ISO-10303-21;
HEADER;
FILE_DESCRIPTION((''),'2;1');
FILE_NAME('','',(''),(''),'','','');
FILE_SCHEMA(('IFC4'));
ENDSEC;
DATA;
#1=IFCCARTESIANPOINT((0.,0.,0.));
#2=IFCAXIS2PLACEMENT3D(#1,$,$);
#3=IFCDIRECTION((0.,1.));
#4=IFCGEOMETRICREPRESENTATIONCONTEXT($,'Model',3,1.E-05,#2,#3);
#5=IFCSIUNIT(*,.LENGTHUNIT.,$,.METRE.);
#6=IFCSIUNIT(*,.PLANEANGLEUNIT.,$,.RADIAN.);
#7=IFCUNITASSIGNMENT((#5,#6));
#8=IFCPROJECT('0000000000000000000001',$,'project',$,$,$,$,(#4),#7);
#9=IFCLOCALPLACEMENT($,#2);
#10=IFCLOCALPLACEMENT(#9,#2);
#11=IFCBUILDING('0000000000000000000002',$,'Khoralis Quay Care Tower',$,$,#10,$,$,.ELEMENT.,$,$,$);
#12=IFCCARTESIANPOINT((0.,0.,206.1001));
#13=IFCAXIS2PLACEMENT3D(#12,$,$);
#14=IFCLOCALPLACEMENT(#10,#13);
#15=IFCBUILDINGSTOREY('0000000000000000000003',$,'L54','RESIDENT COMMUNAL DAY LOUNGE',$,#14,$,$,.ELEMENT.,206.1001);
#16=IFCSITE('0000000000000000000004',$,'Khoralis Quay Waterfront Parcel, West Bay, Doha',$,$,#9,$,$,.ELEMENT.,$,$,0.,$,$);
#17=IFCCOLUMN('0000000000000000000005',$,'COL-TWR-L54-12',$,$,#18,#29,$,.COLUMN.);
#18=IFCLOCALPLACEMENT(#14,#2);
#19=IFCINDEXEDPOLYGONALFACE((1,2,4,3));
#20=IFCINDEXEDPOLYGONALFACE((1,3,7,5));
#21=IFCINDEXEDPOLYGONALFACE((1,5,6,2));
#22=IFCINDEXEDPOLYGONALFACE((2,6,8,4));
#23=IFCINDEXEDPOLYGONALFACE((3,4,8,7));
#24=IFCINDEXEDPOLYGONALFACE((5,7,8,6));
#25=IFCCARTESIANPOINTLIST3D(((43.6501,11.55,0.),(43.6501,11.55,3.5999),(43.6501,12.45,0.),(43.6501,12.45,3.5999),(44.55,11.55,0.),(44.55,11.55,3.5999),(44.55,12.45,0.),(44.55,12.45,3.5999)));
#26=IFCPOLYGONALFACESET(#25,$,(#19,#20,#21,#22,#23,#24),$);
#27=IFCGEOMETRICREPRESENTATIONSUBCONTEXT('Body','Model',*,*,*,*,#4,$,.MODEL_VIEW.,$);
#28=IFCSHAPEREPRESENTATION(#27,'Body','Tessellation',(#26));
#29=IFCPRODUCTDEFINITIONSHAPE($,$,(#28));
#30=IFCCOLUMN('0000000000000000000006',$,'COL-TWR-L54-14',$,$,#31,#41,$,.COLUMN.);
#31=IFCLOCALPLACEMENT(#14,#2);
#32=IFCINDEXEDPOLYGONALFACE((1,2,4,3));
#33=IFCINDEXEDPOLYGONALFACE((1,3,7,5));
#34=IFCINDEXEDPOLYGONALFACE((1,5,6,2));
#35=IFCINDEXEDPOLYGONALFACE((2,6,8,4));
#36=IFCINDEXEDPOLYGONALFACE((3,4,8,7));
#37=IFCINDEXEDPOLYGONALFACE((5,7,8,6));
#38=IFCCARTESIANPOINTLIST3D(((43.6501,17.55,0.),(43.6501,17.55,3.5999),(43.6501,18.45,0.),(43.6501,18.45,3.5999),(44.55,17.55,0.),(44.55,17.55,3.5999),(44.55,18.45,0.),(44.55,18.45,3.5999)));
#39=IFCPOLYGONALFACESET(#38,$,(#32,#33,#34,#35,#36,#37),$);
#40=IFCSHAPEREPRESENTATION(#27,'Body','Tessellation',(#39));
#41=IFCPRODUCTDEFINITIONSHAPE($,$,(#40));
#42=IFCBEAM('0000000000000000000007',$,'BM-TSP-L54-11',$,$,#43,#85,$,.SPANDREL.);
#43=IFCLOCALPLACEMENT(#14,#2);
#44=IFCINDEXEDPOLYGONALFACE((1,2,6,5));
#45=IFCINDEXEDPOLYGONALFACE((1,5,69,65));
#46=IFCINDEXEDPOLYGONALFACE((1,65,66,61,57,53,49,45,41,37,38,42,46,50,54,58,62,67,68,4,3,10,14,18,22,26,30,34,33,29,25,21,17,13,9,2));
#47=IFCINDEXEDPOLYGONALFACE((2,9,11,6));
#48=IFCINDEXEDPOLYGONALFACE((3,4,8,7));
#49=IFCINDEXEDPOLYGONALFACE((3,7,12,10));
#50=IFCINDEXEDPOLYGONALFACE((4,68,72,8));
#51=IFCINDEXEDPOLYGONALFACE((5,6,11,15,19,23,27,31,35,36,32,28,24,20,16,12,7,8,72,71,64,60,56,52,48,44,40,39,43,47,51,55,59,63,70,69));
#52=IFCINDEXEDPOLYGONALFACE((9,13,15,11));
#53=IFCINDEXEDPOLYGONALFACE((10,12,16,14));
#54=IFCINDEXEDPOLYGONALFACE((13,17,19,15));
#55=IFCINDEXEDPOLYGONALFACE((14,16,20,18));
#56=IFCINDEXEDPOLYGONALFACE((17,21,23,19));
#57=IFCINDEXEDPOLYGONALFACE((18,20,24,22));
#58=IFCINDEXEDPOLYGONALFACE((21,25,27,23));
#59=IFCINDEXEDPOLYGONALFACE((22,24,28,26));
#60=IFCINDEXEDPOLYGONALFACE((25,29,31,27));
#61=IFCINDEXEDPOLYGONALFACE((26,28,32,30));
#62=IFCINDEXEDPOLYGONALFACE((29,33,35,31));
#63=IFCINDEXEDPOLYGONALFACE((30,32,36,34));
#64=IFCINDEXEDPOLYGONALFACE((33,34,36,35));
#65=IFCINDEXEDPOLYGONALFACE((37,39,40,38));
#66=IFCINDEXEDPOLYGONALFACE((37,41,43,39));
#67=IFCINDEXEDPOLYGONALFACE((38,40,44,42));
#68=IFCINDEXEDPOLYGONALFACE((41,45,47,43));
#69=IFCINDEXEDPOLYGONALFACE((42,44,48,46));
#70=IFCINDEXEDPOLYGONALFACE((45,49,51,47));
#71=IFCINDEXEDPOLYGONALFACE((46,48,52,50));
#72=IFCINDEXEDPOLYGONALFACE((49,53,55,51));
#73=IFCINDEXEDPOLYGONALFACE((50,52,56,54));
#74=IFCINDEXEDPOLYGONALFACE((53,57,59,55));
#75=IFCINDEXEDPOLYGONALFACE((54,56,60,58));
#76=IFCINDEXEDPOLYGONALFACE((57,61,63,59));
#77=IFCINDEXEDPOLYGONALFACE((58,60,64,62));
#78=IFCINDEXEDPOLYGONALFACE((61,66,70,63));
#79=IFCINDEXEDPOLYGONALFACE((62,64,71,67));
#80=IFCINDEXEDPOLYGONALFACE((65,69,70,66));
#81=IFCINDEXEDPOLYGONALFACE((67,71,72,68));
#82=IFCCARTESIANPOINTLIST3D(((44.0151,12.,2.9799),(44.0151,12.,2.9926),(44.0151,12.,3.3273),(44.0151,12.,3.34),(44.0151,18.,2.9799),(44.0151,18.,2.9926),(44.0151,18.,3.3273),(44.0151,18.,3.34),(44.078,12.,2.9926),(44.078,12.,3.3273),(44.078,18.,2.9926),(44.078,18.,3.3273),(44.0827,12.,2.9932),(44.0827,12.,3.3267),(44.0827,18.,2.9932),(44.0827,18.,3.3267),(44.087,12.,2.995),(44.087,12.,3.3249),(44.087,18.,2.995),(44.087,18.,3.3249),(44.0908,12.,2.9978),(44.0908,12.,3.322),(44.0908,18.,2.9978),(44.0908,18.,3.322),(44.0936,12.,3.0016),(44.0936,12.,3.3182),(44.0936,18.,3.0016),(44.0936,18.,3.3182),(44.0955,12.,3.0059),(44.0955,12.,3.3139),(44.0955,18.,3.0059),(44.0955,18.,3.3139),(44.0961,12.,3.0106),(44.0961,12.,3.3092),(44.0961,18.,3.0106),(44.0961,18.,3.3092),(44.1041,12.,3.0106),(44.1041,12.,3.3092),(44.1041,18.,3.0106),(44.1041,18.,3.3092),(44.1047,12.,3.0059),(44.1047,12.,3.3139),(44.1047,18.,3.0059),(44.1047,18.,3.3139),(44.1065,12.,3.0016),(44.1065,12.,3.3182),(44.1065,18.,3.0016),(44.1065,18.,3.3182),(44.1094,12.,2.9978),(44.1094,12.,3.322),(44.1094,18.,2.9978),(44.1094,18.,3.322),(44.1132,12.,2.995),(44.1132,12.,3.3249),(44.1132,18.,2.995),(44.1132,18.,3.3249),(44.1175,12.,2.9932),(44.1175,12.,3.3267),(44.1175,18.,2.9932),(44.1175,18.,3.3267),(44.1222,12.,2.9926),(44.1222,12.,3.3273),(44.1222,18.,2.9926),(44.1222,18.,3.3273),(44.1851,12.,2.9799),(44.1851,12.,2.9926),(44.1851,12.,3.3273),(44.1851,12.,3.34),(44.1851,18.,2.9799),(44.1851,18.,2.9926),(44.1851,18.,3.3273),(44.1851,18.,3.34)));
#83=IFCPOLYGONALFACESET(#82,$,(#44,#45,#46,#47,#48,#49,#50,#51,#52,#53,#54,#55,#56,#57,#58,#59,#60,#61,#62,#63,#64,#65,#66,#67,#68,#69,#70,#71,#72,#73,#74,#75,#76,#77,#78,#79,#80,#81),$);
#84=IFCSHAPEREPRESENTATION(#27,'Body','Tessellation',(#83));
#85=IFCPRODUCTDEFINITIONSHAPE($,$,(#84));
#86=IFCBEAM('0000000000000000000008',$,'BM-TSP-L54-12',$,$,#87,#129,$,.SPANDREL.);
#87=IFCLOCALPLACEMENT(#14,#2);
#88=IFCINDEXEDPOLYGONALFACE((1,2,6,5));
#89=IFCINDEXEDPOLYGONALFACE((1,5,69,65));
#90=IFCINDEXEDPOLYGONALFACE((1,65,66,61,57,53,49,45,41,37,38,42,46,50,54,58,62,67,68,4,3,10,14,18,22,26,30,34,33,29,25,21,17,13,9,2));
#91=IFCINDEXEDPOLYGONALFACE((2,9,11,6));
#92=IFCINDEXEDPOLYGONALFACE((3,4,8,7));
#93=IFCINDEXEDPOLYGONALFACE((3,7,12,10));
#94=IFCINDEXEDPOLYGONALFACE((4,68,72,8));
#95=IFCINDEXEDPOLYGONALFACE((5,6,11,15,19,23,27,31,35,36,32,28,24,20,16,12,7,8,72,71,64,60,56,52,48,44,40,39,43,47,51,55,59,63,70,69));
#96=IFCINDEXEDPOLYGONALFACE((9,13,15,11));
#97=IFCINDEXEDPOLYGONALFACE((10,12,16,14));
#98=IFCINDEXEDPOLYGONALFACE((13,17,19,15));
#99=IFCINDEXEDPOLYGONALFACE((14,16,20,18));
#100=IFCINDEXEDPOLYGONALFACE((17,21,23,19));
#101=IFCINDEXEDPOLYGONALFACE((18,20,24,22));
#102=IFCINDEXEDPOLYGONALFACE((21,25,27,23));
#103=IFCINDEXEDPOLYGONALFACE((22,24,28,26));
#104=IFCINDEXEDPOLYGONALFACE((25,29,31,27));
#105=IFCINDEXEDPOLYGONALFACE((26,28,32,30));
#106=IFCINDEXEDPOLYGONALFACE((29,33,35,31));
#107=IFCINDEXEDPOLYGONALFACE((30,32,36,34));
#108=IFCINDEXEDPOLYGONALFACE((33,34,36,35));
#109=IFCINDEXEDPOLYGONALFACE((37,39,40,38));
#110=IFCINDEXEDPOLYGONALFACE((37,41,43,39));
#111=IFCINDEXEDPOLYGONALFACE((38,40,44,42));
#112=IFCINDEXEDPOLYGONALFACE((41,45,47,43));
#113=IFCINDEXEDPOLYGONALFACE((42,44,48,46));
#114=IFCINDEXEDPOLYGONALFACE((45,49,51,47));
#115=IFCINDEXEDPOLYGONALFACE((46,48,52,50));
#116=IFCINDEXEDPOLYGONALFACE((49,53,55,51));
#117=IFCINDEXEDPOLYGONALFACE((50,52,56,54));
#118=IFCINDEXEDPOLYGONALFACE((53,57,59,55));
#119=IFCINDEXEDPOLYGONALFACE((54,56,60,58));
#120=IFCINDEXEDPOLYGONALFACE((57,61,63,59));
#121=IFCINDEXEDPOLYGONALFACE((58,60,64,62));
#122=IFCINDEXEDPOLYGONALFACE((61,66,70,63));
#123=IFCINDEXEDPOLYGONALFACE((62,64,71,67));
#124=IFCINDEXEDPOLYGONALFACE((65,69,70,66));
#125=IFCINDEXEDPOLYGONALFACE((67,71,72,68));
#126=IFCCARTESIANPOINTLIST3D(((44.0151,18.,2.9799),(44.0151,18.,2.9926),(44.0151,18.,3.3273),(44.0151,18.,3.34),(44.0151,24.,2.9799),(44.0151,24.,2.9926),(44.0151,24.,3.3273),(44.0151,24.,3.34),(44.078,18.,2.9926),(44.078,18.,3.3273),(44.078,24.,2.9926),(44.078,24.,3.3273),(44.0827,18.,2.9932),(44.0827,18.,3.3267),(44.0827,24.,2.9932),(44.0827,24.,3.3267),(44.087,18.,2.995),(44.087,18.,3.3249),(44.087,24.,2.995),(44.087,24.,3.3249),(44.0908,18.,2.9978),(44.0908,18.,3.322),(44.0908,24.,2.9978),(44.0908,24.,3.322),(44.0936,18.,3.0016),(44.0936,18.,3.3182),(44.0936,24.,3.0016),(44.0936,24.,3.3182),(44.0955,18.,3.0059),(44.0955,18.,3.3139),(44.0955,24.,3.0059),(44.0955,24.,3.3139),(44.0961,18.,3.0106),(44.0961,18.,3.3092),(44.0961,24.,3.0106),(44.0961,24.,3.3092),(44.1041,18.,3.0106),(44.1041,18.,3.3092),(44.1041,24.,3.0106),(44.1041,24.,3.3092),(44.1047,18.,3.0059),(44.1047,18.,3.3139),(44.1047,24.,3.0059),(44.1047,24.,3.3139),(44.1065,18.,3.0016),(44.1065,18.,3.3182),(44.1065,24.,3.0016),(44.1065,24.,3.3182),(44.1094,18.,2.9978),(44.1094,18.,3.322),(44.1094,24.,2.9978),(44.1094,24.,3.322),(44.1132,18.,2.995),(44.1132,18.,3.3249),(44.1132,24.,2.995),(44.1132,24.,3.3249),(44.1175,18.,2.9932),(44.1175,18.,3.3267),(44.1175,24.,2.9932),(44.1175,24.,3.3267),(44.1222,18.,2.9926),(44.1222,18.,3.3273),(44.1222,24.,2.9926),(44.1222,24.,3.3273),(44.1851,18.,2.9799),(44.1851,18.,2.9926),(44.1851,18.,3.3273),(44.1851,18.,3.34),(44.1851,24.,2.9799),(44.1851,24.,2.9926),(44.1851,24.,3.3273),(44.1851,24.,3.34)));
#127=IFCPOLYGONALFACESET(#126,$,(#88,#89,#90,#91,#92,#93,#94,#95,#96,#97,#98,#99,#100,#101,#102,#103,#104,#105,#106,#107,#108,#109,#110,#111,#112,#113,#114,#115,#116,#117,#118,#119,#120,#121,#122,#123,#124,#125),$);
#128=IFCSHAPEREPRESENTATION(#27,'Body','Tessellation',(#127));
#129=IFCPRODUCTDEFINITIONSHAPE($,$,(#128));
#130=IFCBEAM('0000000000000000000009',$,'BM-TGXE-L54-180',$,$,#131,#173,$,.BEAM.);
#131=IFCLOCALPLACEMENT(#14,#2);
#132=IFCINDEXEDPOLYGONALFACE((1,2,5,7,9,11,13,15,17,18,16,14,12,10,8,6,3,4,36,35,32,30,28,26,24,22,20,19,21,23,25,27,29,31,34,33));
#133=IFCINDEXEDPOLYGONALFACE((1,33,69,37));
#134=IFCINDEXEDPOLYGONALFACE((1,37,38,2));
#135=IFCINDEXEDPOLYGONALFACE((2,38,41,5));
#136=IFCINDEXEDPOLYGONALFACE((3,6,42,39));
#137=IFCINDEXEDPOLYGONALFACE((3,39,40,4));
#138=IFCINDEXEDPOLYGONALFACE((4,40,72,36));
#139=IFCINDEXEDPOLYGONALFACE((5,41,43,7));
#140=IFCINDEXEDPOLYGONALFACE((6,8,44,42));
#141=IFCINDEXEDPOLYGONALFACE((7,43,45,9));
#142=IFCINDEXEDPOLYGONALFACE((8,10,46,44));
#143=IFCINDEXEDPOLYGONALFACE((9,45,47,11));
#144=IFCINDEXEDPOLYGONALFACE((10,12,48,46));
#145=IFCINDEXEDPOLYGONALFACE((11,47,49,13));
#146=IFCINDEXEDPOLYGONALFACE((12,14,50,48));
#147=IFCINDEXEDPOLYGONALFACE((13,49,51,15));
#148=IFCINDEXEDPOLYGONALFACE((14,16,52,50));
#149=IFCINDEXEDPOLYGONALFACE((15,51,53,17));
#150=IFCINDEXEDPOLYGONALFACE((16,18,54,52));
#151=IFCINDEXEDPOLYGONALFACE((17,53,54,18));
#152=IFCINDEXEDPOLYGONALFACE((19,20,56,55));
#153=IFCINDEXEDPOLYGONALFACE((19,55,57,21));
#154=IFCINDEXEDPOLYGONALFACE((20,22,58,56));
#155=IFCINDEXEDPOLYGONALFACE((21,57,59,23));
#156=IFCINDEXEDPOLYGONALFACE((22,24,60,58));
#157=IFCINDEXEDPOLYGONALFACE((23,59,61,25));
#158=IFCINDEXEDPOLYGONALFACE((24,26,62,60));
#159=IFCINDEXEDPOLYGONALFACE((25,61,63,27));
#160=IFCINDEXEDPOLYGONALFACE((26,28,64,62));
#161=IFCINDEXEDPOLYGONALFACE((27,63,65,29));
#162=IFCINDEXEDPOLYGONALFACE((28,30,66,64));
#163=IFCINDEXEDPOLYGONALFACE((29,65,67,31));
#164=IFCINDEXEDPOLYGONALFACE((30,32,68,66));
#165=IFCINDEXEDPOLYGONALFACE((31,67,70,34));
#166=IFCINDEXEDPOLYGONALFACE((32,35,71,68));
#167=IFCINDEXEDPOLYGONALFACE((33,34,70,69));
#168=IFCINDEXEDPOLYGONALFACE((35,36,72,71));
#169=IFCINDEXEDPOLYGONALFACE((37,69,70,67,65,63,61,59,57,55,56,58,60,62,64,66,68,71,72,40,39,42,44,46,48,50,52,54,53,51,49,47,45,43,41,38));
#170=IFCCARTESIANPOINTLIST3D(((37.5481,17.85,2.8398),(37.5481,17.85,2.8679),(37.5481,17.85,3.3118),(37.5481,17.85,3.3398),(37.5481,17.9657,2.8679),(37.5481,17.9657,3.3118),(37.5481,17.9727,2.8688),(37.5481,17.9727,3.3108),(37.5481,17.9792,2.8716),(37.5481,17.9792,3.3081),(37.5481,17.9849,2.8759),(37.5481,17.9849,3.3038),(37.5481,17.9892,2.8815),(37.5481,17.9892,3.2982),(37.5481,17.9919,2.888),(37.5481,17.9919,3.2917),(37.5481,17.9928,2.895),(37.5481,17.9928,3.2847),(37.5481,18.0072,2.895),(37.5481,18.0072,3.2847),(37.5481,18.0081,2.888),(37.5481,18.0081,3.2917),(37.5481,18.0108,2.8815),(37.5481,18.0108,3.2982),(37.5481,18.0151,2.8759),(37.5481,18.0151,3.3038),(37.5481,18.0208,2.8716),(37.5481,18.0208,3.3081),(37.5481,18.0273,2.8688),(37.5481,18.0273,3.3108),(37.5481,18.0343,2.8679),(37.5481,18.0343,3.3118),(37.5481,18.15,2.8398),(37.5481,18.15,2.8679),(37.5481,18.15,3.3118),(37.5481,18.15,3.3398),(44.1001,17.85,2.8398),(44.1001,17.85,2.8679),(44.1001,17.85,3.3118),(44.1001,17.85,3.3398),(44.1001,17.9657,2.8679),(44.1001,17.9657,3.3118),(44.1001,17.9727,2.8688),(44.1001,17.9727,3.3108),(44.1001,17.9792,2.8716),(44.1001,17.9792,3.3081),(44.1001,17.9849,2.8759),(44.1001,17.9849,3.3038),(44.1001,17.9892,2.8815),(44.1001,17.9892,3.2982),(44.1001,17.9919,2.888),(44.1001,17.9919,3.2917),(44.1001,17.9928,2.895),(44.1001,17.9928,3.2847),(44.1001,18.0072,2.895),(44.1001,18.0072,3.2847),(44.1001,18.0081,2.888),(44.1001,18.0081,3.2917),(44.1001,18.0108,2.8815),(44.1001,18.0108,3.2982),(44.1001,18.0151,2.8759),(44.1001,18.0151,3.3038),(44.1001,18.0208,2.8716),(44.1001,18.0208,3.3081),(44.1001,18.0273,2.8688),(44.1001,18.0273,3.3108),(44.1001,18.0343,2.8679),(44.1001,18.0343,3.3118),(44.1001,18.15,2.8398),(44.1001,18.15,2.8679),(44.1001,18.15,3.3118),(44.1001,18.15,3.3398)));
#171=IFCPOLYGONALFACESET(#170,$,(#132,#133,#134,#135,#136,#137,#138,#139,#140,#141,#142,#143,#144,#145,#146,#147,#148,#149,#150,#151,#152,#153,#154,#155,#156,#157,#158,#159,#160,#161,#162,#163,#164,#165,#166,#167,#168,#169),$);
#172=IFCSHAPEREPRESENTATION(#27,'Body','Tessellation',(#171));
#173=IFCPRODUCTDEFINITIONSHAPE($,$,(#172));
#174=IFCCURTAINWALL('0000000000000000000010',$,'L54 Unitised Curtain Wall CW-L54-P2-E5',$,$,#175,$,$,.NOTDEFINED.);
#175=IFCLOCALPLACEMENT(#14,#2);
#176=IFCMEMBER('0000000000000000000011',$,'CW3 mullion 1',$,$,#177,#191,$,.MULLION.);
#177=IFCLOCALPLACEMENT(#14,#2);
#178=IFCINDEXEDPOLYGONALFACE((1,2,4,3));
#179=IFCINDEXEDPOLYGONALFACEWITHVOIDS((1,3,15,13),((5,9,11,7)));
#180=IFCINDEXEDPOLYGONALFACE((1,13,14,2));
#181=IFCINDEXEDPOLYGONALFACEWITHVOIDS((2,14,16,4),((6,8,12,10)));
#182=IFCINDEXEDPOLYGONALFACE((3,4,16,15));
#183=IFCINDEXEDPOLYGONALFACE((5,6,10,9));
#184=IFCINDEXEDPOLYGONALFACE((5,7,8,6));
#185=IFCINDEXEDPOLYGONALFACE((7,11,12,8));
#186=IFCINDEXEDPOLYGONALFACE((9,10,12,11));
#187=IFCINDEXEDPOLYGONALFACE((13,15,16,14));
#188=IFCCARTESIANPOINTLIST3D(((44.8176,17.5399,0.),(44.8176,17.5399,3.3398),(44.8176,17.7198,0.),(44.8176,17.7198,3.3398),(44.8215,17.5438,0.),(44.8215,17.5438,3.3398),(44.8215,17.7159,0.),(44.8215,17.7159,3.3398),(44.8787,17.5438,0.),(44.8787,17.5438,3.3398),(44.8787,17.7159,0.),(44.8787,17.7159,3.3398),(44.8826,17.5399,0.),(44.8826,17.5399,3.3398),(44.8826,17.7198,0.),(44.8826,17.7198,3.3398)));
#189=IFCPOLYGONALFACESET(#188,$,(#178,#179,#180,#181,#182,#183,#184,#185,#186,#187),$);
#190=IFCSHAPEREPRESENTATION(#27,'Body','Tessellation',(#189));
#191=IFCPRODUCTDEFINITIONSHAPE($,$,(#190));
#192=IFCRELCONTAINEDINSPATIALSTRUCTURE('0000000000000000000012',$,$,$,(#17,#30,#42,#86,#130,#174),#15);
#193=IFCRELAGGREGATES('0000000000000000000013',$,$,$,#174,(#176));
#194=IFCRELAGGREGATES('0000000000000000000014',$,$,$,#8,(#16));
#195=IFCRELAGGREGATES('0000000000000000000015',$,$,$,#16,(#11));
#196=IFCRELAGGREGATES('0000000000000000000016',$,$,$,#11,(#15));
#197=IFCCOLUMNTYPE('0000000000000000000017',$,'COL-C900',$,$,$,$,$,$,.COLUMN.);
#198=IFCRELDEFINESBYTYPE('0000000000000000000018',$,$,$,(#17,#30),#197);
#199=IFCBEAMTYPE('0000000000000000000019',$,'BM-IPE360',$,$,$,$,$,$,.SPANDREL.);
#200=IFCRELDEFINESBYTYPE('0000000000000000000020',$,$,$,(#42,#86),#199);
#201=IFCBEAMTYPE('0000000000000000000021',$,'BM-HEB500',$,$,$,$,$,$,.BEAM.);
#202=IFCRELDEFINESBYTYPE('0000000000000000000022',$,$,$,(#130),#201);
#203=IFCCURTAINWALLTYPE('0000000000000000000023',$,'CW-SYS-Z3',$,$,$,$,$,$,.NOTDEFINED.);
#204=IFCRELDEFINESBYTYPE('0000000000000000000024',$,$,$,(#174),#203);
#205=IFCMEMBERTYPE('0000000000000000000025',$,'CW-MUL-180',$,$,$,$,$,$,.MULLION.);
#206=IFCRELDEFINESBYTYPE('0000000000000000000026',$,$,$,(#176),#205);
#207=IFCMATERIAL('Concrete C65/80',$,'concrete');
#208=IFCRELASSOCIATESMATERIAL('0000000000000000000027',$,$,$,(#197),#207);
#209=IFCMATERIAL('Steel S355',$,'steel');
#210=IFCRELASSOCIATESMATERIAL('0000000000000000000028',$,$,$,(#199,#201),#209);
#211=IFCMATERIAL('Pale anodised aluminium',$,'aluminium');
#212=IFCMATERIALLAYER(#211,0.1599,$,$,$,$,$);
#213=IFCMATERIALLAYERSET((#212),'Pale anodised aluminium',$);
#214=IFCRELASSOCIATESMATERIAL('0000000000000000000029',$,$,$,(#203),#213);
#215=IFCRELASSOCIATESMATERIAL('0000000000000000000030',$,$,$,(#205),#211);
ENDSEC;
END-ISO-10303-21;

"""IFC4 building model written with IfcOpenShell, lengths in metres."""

from ifc_helpers import new_model, si_unit, direction, frame, origin, origin_2d, place, context, subcontext, project, spatial, rectangle, hollow_rectangle, i_section, extrude, source, transform, mapped, material, layer, layer_set, material_profile, profile_set, type_object, element, aggregate, save


model = new_model("IFC4")

# Units and contexts
model_context = context("Model", 3, precision=1e-05, world=origin(), true_north=direction((0.0, 1.0)))
body_context = subcontext(model_context, "Body", "Model", "MODEL_VIEW")
ifc_project = project(units=[si_unit("LENGTHUNIT", "METRE"), si_unit("PLANEANGLEUNIT", "RADIAN")], contexts=[model_context])

# Site, building, storey
site_placement = place(None, origin())
site = spatial("IfcSite", under=ifc_project, at=site_placement, Name="Khoralis Quay Waterfront Parcel, West Bay, Doha", CompositionType="ELEMENT", RefElevation=0.0)
building_placement = place(site_placement, origin())
building = spatial("IfcBuilding", under=site, at=building_placement, Name="Khoralis Quay Care Tower", CompositionType="ELEMENT")
storey_placement = place(building_placement, frame((0.0, 0.0, 206.1001)))
storey = spatial("IfcBuildingStorey", under=building, at=storey_placement, Name="L54", Description="RESIDENT COMMUNAL DAY LOUNGE", CompositionType="ELEMENT", Elevation=206.1001)

# Columns
ifc_material_1 = material(Name="Concrete C65/80", Category="concrete")
ifc_material_profile_1 = material_profile(ifc_material_1, rectangle(XDim=0.8999, YDim=0.8999, at=origin_2d()), Name="Concrete C65/80")
ifc_profile_set_1 = profile_set([ifc_material_profile_1], Name="Concrete C65/80")
column_type = type_object("IfcColumnType", Name="COL-C900", PredefinedType="COLUMN", material=ifc_profile_set_1)
shared_shape_1 = source(origin(), body_context, "Body", "SweptSolid", [
    extrude(rectangle(XDim=0.8999, YDim=0.8999, at=origin_2d()), origin(), (0.0, 0.0, 1.0), 3.5999),
])
for number, where, z_axis, x_axis, name in (
    (1, (44.1001, 12.0, 0.0), (0.0, 0.0, 1.0), (1.0, 0.0, 0.0), "COL-TWR-L54-12"),
    (2, (44.1001, 18.0, 0.0), (0.0, 0.0, 1.0), (1.0, 0.0, 0.0), "COL-TWR-L54-14"),
):
    element("IfcColumn", number, at=place(storey_placement, frame(where, z_axis=z_axis, x_axis=x_axis)), inside=storey, type_object=column_type, Name=name, PredefinedType="COLUMN", context=body_context, shape_type="MappedRepresentation", body=[
        mapped(shared_shape_1, transform((0.0, 0.0, 0.0), scale=1.0)),
    ])

# Beams
ifc_material_2 = material(Name="Steel S355", Category="steel")
ifc_material_profile_2 = material_profile(ifc_material_2, i_section(OverallWidth=0.1699, OverallDepth=0.3601, WebThickness=0.0081, FlangeThickness=0.0127, FilletRadius=0.0181, at=origin_2d()), Name="Steel S355")
ifc_profile_set_2 = profile_set([ifc_material_profile_2], Name="Steel S355")
beam_type_1 = type_object("IfcBeamType", Name="BM-IPE360", PredefinedType="SPANDREL", material=ifc_profile_set_2)
shared_shape_2 = source(origin(), body_context, "Body", "SweptSolid", [
    extrude(i_section(OverallWidth=0.1699, OverallDepth=0.3601, WebThickness=0.0081, FlangeThickness=0.0127, FilletRadius=0.0181, at=origin_2d()), origin(), (0.0, 0.0, 1.0), 6.0),
])
for number, where, z_axis, x_axis, name in (
    (3, (44.1001, 12.0, 3.1599), (0.0, 1.0, 0.0), (-1.0, 0.0, 0.0), "BM-TSP-L54-11"),
    (4, (44.1001, 18.0, 3.1599), (0.0, 1.0, 0.0), (-1.0, 0.0, 0.0), "BM-TSP-L54-12"),
):
    element("IfcBeam", number, at=place(storey_placement, frame(where, z_axis=z_axis, x_axis=x_axis)), inside=storey, type_object=beam_type_1, Name=name, PredefinedType="SPANDREL", context=body_context, shape_type="MappedRepresentation", body=[
        mapped(shared_shape_2, transform((0.0, 0.0, 0.0), scale=1.0)),
    ])
ifc_material_profile_3 = material_profile(ifc_material_2, i_section(OverallWidth=0.3, OverallDepth=0.5, WebThickness=0.0144, FlangeThickness=0.0281, FilletRadius=0.0271, at=origin_2d()), Name="Steel S355")
ifc_profile_set_3 = profile_set([ifc_material_profile_3], Name="Steel S355")
beam_type_2 = type_object("IfcBeamType", Name="BM-HEB500", PredefinedType="BEAM", material=ifc_profile_set_3)
shared_shape_3 = source(origin(), body_context, "Body", "SweptSolid", [
    extrude(i_section(OverallWidth=0.3, OverallDepth=0.5, WebThickness=0.0144, FlangeThickness=0.0281, FilletRadius=0.0271, at=origin_2d()), origin(), (0.0, 0.0, 1.0), 6.552),
])
beam_placement = place(storey_placement, frame((37.5481, 18.0, 3.0898), z_axis=(1.0, 0.0, 0.0), x_axis=(0.0, 1.0, 0.0)))
element("IfcBeam", 5, at=beam_placement, inside=storey, type_object=beam_type_2, Name="BM-TGXE-L54-180", PredefinedType="BEAM", context=body_context, shape_type="MappedRepresentation", body=[
    mapped(shared_shape_3, transform((0.0, 0.0, 0.0), scale=1.0)),
])

# Curtain wall, member
ifc_material_3 = material(Name="Pale anodised aluminium", Category="aluminium")
ifc_layer_1 = layer(ifc_material_3, 0.1599)
ifc_layer_set_1 = layer_set([ifc_layer_1], Name="Pale anodised aluminium")
curtain_wall_type = type_object("IfcCurtainWallType", Name="CW-SYS-Z3", PredefinedType="NOTDEFINED", material=ifc_layer_set_1)
curtain_wall_placement = place(storey_placement, origin())
curtain_wall = element("IfcCurtainWall", 6, at=curtain_wall_placement, inside=storey, type_object=curtain_wall_type, Name="L54 Unitised Curtain Wall CW-L54-P2-E5", PredefinedType="NOTDEFINED")
ifc_material_profile_4 = material_profile(ifc_material_3, hollow_rectangle(XDim=0.0649, YDim=0.1799, WallThickness=0.0039, at=origin_2d()), Name="Pale anodised aluminium")
ifc_profile_set_4 = profile_set([ifc_material_profile_4], Name="Pale anodised aluminium")
member_type_1 = type_object("IfcMemberType", Name="CW-MUL-180", PredefinedType="MULLION", material=ifc_profile_set_4)
shared_shape_4 = source(origin(), body_context, "Body", "SweptSolid", [
    extrude(hollow_rectangle(XDim=0.0649, YDim=0.1799, WallThickness=0.0039, at=origin_2d()), origin(), (0.0, 0.0, 1.0), 3.3398),
])
member_1_placement = place(storey_placement, frame((44.8501, 17.6299, 0.0), z_axis=(0.0, 0.0, 1.0), x_axis=(-1.0, 0.0, 0.0)))
member_1 = element("IfcMember", 7, at=member_1_placement, type_object=member_type_1, Name="CW3 mullion 1", PredefinedType="MULLION", context=body_context, shape_type="MappedRepresentation", body=[
    mapped(shared_shape_4, transform((0.0, 0.0, 0.0), scale=1.0)),
])
aggregate(curtain_wall, [member_1])

save(model, "model.ifc")
